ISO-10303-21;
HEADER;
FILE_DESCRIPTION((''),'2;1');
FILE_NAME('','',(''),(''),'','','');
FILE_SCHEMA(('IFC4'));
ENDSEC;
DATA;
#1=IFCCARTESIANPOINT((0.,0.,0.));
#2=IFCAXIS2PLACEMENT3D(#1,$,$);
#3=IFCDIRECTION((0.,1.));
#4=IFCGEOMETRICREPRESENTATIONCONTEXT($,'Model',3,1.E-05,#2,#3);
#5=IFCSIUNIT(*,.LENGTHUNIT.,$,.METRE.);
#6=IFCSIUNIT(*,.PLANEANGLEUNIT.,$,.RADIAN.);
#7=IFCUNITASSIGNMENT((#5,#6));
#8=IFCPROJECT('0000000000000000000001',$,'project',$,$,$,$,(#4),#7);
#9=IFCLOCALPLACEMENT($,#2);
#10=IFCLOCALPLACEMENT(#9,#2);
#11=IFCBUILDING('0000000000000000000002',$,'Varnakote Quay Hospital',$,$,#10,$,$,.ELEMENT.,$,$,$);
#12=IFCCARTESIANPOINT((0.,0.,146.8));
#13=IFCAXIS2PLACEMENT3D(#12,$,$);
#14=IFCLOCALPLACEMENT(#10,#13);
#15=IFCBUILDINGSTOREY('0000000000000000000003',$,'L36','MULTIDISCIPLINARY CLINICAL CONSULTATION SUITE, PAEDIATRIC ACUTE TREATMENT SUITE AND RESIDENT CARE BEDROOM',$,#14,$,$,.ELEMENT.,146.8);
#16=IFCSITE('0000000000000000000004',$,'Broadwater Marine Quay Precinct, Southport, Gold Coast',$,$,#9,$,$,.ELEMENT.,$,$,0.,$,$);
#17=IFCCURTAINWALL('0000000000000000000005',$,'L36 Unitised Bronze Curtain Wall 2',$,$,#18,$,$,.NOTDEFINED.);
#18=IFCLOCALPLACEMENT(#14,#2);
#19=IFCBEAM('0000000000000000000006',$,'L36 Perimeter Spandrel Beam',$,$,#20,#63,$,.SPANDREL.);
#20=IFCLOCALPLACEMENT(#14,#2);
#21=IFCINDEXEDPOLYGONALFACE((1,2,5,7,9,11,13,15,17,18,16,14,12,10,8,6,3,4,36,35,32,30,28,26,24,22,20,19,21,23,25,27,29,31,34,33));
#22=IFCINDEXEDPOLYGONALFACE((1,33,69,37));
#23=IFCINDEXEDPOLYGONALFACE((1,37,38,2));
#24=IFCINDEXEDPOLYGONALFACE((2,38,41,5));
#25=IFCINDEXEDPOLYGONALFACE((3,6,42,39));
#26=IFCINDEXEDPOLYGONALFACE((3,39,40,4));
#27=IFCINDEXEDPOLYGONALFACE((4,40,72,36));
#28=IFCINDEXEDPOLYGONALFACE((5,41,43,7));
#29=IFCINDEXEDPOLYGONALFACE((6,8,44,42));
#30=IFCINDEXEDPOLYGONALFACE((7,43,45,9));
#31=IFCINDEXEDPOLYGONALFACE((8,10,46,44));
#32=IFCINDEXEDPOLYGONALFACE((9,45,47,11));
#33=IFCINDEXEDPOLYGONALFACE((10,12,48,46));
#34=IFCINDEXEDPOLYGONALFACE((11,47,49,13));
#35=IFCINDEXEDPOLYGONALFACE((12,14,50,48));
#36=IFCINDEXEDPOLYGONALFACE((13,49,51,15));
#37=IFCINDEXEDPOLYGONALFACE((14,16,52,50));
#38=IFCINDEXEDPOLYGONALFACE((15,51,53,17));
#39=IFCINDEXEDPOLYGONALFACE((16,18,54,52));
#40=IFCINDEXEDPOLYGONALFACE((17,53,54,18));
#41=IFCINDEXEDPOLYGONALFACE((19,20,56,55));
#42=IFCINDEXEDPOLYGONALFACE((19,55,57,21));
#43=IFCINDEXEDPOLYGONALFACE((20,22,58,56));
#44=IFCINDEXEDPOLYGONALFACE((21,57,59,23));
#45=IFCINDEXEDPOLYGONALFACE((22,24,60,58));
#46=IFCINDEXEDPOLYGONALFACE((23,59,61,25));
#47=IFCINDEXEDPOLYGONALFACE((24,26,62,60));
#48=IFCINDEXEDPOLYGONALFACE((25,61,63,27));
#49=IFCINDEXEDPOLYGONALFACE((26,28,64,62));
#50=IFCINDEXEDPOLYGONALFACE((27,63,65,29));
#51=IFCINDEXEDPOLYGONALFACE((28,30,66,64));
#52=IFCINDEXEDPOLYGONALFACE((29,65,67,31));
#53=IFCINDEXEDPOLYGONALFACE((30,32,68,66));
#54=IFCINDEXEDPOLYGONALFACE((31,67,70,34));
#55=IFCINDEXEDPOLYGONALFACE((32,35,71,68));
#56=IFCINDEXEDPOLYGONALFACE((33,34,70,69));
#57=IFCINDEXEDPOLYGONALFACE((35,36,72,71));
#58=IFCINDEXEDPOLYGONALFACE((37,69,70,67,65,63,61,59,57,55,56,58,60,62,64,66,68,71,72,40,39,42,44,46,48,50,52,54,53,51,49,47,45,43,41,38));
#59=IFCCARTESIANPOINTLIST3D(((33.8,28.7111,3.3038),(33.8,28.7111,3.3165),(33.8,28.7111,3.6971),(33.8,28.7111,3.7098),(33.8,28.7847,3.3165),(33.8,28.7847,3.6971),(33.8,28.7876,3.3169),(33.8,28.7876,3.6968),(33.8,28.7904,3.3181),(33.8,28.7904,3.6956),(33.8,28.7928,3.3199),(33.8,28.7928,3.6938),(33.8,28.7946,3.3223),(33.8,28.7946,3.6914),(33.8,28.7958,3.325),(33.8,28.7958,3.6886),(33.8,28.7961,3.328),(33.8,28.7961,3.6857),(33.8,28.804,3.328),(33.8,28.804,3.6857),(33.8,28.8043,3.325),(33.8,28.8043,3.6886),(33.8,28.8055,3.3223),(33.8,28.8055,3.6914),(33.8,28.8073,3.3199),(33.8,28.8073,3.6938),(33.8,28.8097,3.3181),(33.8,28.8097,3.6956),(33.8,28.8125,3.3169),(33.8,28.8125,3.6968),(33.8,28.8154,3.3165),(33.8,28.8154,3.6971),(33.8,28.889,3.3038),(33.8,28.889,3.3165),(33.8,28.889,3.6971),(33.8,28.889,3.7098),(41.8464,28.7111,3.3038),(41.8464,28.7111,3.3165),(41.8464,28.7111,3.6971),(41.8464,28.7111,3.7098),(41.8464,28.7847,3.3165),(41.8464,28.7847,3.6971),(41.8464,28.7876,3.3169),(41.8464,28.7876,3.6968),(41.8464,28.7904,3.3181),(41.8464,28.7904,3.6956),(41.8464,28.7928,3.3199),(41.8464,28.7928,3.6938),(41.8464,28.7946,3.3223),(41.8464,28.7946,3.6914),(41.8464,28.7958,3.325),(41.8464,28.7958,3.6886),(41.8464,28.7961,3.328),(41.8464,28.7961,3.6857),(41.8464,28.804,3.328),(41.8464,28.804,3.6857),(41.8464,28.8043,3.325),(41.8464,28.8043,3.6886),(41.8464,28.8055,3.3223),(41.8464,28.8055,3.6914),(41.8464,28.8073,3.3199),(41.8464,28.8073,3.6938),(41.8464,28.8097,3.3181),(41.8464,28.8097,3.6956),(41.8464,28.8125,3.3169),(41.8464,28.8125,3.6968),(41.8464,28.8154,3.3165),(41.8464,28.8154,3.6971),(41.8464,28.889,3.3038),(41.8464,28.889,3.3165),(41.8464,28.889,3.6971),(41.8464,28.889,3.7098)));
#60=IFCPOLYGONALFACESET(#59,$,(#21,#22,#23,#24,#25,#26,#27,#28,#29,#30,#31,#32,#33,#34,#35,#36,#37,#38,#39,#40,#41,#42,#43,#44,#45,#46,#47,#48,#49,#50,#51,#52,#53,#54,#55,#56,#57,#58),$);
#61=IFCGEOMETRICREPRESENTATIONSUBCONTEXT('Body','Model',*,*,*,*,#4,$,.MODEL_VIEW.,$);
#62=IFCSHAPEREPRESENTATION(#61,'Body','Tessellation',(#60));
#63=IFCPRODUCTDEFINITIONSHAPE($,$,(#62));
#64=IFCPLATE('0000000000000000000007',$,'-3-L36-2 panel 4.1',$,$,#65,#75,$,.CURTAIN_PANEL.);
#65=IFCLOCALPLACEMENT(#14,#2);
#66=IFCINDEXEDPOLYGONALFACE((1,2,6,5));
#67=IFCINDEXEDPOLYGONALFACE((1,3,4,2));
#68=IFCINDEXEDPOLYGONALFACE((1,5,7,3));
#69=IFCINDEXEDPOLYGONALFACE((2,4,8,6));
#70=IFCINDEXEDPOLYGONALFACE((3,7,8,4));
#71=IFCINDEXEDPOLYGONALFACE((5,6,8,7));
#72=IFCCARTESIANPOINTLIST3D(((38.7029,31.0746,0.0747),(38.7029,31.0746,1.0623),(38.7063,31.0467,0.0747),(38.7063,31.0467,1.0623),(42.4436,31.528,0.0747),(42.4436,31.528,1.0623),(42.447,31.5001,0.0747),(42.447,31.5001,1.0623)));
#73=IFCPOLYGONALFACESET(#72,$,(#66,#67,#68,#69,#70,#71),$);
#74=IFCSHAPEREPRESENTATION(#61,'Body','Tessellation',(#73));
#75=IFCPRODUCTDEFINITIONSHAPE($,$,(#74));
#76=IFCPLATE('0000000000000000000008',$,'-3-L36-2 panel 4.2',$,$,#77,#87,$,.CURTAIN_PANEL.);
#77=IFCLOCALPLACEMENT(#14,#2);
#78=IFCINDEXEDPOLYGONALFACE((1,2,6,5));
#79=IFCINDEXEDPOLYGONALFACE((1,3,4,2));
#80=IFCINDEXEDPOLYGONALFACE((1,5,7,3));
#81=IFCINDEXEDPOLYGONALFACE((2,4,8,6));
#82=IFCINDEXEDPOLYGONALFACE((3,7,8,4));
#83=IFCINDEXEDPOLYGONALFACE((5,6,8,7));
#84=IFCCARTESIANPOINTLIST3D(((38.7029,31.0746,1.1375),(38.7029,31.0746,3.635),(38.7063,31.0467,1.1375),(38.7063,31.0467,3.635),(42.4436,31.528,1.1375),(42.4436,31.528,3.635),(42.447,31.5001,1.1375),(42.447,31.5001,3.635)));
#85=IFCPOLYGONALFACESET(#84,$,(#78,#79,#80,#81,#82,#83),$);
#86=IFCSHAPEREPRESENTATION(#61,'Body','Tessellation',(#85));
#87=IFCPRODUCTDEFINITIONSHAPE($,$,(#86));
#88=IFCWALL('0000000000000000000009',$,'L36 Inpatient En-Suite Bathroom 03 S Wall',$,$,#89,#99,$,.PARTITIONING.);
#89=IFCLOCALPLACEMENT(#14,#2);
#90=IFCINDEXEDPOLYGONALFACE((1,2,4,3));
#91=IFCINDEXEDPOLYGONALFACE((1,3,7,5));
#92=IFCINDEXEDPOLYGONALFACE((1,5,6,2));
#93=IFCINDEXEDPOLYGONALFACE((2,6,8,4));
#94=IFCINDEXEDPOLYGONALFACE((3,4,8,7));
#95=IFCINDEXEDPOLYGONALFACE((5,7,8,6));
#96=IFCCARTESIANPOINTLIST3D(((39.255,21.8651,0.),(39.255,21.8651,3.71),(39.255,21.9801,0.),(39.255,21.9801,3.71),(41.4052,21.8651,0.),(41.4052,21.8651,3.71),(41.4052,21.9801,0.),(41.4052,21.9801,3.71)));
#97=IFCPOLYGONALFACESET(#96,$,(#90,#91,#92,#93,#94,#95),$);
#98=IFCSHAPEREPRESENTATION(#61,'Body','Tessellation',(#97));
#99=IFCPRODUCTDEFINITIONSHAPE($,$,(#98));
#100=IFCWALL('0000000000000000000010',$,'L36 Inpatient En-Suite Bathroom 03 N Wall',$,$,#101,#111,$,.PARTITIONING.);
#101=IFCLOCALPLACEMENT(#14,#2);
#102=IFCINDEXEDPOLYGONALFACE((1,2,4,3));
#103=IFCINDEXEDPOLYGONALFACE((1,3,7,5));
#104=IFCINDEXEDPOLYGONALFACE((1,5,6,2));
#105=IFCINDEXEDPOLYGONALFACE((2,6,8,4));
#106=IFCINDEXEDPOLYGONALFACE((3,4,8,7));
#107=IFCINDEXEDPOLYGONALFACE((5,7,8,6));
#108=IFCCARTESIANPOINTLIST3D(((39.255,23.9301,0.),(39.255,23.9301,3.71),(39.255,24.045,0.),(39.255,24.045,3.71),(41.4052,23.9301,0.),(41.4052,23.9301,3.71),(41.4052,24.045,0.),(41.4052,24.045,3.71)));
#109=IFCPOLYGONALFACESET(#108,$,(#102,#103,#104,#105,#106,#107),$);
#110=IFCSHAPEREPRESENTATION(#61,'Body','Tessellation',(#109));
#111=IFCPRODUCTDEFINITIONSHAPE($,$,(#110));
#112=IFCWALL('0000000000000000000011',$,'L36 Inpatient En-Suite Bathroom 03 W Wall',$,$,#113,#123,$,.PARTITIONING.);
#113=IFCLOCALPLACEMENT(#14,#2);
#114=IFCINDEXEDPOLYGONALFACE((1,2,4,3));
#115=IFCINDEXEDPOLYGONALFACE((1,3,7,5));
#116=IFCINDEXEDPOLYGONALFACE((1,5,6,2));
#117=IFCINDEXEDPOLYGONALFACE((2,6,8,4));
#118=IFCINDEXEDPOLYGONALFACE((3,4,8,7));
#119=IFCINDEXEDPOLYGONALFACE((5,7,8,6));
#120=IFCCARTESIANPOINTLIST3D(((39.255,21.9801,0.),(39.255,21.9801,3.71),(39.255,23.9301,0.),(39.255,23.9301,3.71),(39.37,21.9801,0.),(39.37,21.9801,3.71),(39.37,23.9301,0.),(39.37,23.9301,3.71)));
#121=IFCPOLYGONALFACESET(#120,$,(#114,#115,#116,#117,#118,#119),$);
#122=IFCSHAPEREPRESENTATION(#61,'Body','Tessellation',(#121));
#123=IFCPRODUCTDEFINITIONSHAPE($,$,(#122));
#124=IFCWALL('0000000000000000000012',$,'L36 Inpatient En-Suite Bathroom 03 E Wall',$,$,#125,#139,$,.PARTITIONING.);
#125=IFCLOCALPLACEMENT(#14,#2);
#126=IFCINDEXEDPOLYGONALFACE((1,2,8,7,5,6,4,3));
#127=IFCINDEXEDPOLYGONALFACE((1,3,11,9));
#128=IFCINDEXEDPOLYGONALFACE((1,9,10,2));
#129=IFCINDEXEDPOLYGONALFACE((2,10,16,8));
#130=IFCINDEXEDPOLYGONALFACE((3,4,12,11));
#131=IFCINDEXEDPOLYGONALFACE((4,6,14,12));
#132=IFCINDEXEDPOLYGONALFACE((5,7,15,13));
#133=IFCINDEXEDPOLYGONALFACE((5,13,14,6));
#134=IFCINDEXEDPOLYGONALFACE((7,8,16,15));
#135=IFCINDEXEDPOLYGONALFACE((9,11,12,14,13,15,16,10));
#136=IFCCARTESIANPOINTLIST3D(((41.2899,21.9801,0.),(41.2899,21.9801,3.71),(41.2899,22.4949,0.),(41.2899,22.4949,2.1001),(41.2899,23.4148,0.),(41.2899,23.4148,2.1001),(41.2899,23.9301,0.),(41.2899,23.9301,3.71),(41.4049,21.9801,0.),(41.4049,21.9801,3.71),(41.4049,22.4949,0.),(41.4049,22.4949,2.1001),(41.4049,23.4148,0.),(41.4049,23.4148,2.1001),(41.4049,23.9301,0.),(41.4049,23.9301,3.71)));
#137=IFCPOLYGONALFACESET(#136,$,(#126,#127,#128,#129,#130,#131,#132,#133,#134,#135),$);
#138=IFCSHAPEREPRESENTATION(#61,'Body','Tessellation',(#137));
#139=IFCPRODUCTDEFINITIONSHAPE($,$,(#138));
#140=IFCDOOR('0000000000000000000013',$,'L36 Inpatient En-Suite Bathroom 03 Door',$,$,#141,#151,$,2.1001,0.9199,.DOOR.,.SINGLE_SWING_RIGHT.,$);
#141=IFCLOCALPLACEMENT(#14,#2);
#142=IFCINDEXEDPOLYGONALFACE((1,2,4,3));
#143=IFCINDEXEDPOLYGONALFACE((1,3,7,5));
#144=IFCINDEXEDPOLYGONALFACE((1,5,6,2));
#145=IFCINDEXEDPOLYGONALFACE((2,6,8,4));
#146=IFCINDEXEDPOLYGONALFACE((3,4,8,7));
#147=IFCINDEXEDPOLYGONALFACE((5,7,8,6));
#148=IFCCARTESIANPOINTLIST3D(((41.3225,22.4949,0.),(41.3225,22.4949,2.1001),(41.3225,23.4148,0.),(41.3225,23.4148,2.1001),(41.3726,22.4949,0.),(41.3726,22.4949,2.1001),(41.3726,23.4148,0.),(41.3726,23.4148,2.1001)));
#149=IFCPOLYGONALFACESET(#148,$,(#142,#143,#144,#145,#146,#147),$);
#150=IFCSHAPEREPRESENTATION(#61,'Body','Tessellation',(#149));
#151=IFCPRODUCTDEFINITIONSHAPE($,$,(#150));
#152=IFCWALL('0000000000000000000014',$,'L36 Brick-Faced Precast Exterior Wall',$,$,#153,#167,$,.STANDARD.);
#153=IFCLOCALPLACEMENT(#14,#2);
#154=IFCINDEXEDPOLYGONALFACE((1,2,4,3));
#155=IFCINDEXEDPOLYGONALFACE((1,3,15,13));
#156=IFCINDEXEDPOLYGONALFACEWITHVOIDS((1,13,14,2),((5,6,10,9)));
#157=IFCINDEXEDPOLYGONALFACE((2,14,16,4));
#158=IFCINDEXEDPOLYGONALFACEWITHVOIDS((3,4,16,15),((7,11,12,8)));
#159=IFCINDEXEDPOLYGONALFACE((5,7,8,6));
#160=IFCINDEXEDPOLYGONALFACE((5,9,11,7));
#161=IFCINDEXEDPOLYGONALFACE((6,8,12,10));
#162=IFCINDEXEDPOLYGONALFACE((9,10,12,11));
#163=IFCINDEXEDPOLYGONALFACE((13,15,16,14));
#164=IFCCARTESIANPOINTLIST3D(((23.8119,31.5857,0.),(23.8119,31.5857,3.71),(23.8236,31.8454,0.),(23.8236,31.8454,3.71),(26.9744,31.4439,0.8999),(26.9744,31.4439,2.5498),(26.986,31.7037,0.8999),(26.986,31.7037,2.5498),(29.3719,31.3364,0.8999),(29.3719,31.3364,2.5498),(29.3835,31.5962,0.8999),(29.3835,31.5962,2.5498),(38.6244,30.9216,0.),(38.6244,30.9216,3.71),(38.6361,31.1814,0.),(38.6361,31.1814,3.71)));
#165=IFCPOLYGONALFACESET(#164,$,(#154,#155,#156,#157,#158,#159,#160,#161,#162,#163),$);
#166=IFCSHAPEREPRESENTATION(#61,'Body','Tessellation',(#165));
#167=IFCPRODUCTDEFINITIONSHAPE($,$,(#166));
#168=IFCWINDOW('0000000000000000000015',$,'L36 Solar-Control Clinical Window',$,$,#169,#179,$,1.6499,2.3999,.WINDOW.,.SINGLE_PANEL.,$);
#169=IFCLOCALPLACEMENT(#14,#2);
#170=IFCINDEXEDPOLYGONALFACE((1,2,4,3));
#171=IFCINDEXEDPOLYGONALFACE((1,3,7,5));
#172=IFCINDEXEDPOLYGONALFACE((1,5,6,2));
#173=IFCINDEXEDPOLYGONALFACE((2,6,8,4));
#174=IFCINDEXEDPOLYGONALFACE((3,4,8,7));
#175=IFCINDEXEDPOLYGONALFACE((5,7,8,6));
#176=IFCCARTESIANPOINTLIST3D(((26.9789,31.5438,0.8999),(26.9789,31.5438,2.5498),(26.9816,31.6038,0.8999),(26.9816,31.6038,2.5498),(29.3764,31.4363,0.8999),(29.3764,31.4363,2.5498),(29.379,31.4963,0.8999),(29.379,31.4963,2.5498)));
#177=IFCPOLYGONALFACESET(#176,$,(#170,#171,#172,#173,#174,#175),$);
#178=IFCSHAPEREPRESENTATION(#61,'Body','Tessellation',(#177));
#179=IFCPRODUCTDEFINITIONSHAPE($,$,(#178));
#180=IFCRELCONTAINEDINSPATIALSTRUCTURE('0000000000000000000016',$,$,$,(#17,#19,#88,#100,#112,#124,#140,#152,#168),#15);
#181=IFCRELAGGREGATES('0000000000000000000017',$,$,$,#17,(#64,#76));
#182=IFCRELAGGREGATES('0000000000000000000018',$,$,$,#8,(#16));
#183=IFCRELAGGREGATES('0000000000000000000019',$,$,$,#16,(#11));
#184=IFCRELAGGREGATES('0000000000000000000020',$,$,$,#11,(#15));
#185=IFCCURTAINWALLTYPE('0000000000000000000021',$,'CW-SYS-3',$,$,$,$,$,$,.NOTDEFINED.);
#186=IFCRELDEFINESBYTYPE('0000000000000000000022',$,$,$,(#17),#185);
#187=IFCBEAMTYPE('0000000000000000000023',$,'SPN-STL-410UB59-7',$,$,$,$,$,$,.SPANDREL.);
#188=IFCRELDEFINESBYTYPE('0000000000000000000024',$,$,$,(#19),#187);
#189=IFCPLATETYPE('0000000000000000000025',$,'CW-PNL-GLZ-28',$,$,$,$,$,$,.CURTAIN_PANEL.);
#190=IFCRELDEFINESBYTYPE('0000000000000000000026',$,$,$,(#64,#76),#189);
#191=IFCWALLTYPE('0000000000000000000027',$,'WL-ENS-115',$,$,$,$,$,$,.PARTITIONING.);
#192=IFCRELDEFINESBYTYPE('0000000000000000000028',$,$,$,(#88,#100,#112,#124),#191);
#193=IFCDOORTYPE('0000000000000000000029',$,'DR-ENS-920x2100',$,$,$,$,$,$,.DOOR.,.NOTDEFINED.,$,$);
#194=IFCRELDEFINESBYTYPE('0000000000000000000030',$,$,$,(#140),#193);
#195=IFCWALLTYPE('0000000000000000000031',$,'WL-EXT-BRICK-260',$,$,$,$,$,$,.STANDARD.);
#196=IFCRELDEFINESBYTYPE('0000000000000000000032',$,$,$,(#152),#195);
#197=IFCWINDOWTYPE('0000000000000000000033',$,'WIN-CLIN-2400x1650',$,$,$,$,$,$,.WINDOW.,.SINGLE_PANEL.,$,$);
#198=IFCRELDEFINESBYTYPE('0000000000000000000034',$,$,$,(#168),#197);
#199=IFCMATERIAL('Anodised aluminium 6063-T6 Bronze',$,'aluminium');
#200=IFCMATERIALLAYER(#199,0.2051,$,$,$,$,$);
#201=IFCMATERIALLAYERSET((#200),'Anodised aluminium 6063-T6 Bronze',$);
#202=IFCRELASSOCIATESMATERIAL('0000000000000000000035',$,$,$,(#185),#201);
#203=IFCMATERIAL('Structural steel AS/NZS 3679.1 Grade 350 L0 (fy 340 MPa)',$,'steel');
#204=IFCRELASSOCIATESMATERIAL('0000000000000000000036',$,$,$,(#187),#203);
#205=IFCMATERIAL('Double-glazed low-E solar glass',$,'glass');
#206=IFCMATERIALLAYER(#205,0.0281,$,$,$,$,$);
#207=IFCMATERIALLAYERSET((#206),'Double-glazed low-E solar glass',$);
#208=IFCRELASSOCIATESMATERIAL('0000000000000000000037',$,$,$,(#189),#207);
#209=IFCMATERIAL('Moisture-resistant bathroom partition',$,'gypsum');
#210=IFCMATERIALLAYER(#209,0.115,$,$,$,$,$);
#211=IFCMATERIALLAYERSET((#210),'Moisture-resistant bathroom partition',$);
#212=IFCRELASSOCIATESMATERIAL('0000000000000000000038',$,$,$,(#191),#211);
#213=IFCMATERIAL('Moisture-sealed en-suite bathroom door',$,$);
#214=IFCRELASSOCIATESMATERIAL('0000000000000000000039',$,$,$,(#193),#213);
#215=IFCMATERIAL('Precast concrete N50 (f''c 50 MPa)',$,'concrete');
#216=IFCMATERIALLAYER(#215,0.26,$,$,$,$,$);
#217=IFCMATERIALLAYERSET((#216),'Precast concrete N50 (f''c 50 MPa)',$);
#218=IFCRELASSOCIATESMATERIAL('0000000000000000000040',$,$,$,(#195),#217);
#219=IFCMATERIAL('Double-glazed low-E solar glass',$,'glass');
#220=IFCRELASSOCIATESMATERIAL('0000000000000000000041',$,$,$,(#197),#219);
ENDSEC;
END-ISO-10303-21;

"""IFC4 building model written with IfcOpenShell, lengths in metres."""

from ifc_helpers import new_model, si_unit, direction, frame, frame_2d, origin, origin_2d, place, context, subcontext, project, spatial, rectangle, i_section, extrude, material, layer, layer_set, material_profile, profile_set, type_object, element, fill, aggregate, save


model = new_model("IFC4")

# Units and contexts
model_context = context("Model", 3, precision=1e-05, world=origin(), true_north=direction((0.0, 1.0)))
body_context = subcontext(model_context, "Body", "Model", "MODEL_VIEW")
ifc_project = project(units=[si_unit("LENGTHUNIT", "METRE"), si_unit("PLANEANGLEUNIT", "RADIAN")], contexts=[model_context])

# Site, building, storey
site_placement = place(None, origin())
site = spatial("IfcSite", under=ifc_project, at=site_placement, Name="Broadwater Marine Quay Precinct, Southport, Gold Coast", CompositionType="ELEMENT", RefElevation=0.0)
building_placement = place(site_placement, origin())
building = spatial("IfcBuilding", under=site, at=building_placement, Name="Varnakote Quay Hospital", CompositionType="ELEMENT")
storey_placement = place(building_placement, frame((0.0, 0.0, 146.8)))
storey = spatial("IfcBuildingStorey", under=building, at=storey_placement, Name="L36", Description="MULTIDISCIPLINARY CLINICAL CONSULTATION SUITE, PAEDIATRIC ACUTE TREATMENT SUITE AND RESIDENT CARE BEDROOM", CompositionType="ELEMENT", Elevation=146.8)

# Curtain wall
ifc_material_1 = material(Name="Anodised aluminium 6063-T6 Bronze", Category="aluminium")
ifc_layer_1 = layer(ifc_material_1, 0.2051)
ifc_layer_set_1 = layer_set([ifc_layer_1], Name="Anodised aluminium 6063-T6 Bronze")
curtain_wall_type = type_object("IfcCurtainWallType", Name="CW-SYS-3", PredefinedType="NOTDEFINED", material=ifc_layer_set_1)
curtain_wall_placement = place(storey_placement, origin())
curtain_wall = element("IfcCurtainWall", 1, at=curtain_wall_placement, inside=storey, type_object=curtain_wall_type, Name="L36 Unitised Bronze Curtain Wall 2", PredefinedType="NOTDEFINED")

# Beam
ifc_material_2 = material(Name="Structural steel AS/NZS 3679.1 Grade 350 L0 (fy 340 MPa)", Category="steel")
ifc_material_profile_1 = material_profile(ifc_material_2, i_section(OverallWidth=0.178, OverallDepth=0.406, WebThickness=0.0078, FlangeThickness=0.0127, FilletRadius=0.0115, at=origin_2d()), Name="410UB59.7")
ifc_profile_set_1 = profile_set([ifc_material_profile_1], Name="Structural steel AS/NZS 3679.1 Grade 350 L0 (fy 340 MPa)")
beam_type_1 = type_object("IfcBeamType", Name="SPN-STL-410UB59-7", PredefinedType="SPANDREL", material=ifc_profile_set_1)
beam_1_placement = place(storey_placement, frame((33.8, 28.8, 3.5068), z_axis=(1.0, 0.0, 0.0), x_axis=(0.0, 1.0, 0.0)))
element("IfcBeam", 2, at=beam_1_placement, inside=storey, type_object=beam_type_1, Name="L36 Perimeter Spandrel Beam", PredefinedType="SPANDREL", context=body_context, shape_type="SweptSolid", body=[
    extrude(i_section(OverallWidth=0.178, OverallDepth=0.406, WebThickness=0.0078, FlangeThickness=0.0127, FilletRadius=0.0115, at=origin_2d()), origin(), (0.0, 0.0, 1.0), 8.0464),
])

# Plates
ifc_material_3 = material(Name="Double-glazed low-E solar glass", Category="glass")
ifc_layer_2 = layer(ifc_material_3, 0.0281)
ifc_layer_set_2 = layer_set([ifc_layer_2], Name="Double-glazed low-E solar glass")
plate_type = type_object("IfcPlateType", Name="CW-PNL-GLZ-28", PredefinedType="CURTAIN_PANEL", material=ifc_layer_set_2)
plate_1_placement = place(storey_placement, frame((40.575, 31.2874, 0.0747), z_axis=(0.0, 0.0, 1.0), x_axis=(-0.992734, -0.120327, 0.0)))
plate_1 = element("IfcPlate", 3, at=plate_1_placement, type_object=plate_type, Name="-3-L36-2 panel 4.1", PredefinedType="CURTAIN_PANEL", context=body_context, shape_type="SweptSolid", body=[
    extrude(rectangle(XDim=3.7681, YDim=0.0281, at=origin_2d()), origin(), (0.0, 0.0, 1.0), 0.9875),
])
plate_2_placement = place(storey_placement, frame((40.575, 31.2874, 1.1375), z_axis=(0.0, 0.0, 1.0), x_axis=(-0.992734, -0.120327, 0.0)))
plate_2 = element("IfcPlate", 4, at=plate_2_placement, type_object=plate_type, Name="-3-L36-2 panel 4.2", PredefinedType="CURTAIN_PANEL", context=body_context, shape_type="SweptSolid", body=[
    extrude(rectangle(XDim=3.7681, YDim=0.0281, at=origin_2d()), origin(), (0.0, 0.0, 1.0), 2.4976),
])
aggregate(curtain_wall, [plate_1, plate_2])

# Walls
ifc_material_4 = material(Name="Moisture-resistant bathroom partition", Category="gypsum")
ifc_layer_3 = layer(ifc_material_4, 0.115)
ifc_layer_set_3 = layer_set([ifc_layer_3], Name="Moisture-resistant bathroom partition")
wall_type_1 = type_object("IfcWallType", Name="WL-ENS-115", PredefinedType="PARTITIONING", material=ifc_layer_set_3)
for number, where, z_axis, x_axis, name in (
    (5, (39.2549, 21.9226, 0.0), (0.0, 0.0, 1.0), (1.0, 0.0, 0.0), "L36 Inpatient En-Suite Bathroom 03 S Wall"),
    (6, (39.2549, 23.9875, 0.0), (0.0, 0.0, 1.0), (1.0, 0.0, 0.0), "L36 Inpatient En-Suite Bathroom 03 N Wall"),
):
    element("IfcWall", number, at=place(storey_placement, frame(where, z_axis=z_axis, x_axis=x_axis)), inside=storey, type_object=wall_type_1, Name=name, PredefinedType="PARTITIONING", context=body_context, shape_type="SweptSolid", body=[
        extrude(rectangle(XDim=2.1501, YDim=0.115, at=frame_2d((1.0752, 0.0))), origin(), (0.0, 0.0, 1.0), 3.71),
    ])
wall_1_placement = place(storey_placement, frame((39.3125, 21.98, 0.0), z_axis=(0.0, 0.0, 1.0), x_axis=(0.0, 1.0, 0.0)))
element("IfcWall", 7, at=wall_1_placement, inside=storey, type_object=wall_type_1, Name="L36 Inpatient En-Suite Bathroom 03 W Wall", PredefinedType="PARTITIONING", context=body_context, shape_type="SweptSolid", body=[
    extrude(rectangle(XDim=1.95, YDim=0.115, at=frame_2d((0.9751, 0.0))), origin(), (0.0, 0.0, 1.0), 3.71),
])

# Wall, opening, door
wall_2_placement = place(storey_placement, frame((41.3474, 21.98, 0.0), z_axis=(0.0, 0.0, 1.0), x_axis=(0.0, 1.0, 0.0)))
wall_2 = element("IfcWall", 8, at=wall_2_placement, inside=storey, type_object=wall_type_1, Name="L36 Inpatient En-Suite Bathroom 03 E Wall", PredefinedType="PARTITIONING", context=body_context, shape_type="SweptSolid", body=[
    extrude(rectangle(XDim=1.95, YDim=0.115, at=frame_2d((0.9751, 0.0))), origin(), (0.0, 0.0, 1.0), 3.71),
])
opening_1_placement = place(wall_2_placement, frame((0.5149, 0.0, 0.0)))
opening_1 = element("IfcOpeningElement", 9, at=opening_1_placement, cuts=wall_2, PredefinedType="OPENING", context=body_context, shape_type="SweptSolid", body=[
    extrude(rectangle(XDim=0.9199, YDim=2.1001, at=frame_2d((0.46, 1.05))), frame((0.0, 0.0674, 0.0), z_axis=(0.0, -1.0, 0.0), x_axis=(1.0, 0.0, 0.0)), (0.0, 0.0, 1.0), 0.135),
])
ifc_material_5 = material(Name="Moisture-sealed en-suite bathroom door")
door_type_1 = type_object("IfcDoorType", Name="DR-ENS-920x2100", OperationType="NOTDEFINED", PredefinedType="DOOR", material=ifc_material_5)
door_1_placement = place(opening_1_placement, origin())
door_1 = element("IfcDoor", 10, at=door_1_placement, inside=storey, type_object=door_type_1, Name="L36 Inpatient En-Suite Bathroom 03 Door", OperationType="SINGLE_SWING_RIGHT", OverallHeight=2.1001, OverallWidth=0.9199, PredefinedType="DOOR", context=body_context, shape_type="SweptSolid", body=[
    extrude(rectangle(XDim=0.9199, YDim=2.1001, at=frame_2d((0.46, 1.05))), frame((0.0, 0.0249, 0.0), z_axis=(0.0, -1.0, 0.0), x_axis=(1.0, 0.0, 0.0)), (0.0, 0.0, 1.0), 0.05),
])
fill(opening_1, door_1)

# Wall, opening, window
ifc_material_6 = material(Name="Precast concrete N50 (f'c 50 MPa)", Category="concrete")
ifc_layer_4 = layer(ifc_material_6, 0.26)
ifc_layer_set_4 = layer_set([ifc_layer_4], Name="Precast concrete N50 (f'c 50 MPa)")
wall_type_2 = type_object("IfcWallType", Name="WL-EXT-BRICK-260", PredefinedType="STANDARD", material=ifc_layer_set_4)
wall_3_placement = place(storey_placement, frame((38.6301, 31.0515, 0.0), z_axis=(0.0, 0.0, 1.0), x_axis=(-0.998997, 0.044786, 0.0)))
wall_3 = element("IfcWall", 11, at=wall_3_placement, inside=storey, type_object=wall_type_2, Name="L36 Brick-Faced Precast Exterior Wall", PredefinedType="STANDARD", context=body_context, shape_type="SweptSolid", body=[
    extrude(rectangle(XDim=14.8274, YDim=0.26, at=frame_2d((7.4136, 0.0))), origin(), (0.0, 0.0, 1.0), 3.71),
])
opening_2_placement = place(wall_3_placement, frame((9.2617, 0.0, 0.8999)))
opening_2 = element("IfcOpeningElement", 12, at=opening_2_placement, cuts=wall_3, PredefinedType="OPENING", context=body_context, shape_type="SweptSolid", body=[
    extrude(rectangle(XDim=2.3999, YDim=1.6499, at=frame_2d((1.2, 0.825))), frame((0.0, 0.1399, 0.0), z_axis=(0.0, -1.0, 0.0), x_axis=(1.0, 0.0, 0.0)), (0.0, 0.0, 1.0), 0.28),
])
ifc_material_7 = material(Name="Double-glazed low-E solar glass", Category="glass")
window_type = type_object("IfcWindowType", Name="WIN-CLIN-2400x1650", PartitioningType="SINGLE_PANEL", PredefinedType="WINDOW", material=ifc_material_7)
window_placement = place(opening_2_placement, origin())
window = element("IfcWindow", 13, at=window_placement, inside=storey, type_object=window_type, Name="L36 Solar-Control Clinical Window", OverallHeight=1.6499, OverallWidth=2.3999, PartitioningType="SINGLE_PANEL", PredefinedType="WINDOW", context=body_context, shape_type="SweptSolid", body=[
    extrude(rectangle(XDim=2.3999, YDim=1.6499, at=frame_2d((1.2, 0.825))), frame((0.0, 0.03, 0.0), z_axis=(0.0, -1.0, 0.0), x_axis=(1.0, 0.0, 0.0)), (0.0, 0.0, 1.0), 0.0601),
])
fill(opening_2, window)

save(model, "model.ifc")
